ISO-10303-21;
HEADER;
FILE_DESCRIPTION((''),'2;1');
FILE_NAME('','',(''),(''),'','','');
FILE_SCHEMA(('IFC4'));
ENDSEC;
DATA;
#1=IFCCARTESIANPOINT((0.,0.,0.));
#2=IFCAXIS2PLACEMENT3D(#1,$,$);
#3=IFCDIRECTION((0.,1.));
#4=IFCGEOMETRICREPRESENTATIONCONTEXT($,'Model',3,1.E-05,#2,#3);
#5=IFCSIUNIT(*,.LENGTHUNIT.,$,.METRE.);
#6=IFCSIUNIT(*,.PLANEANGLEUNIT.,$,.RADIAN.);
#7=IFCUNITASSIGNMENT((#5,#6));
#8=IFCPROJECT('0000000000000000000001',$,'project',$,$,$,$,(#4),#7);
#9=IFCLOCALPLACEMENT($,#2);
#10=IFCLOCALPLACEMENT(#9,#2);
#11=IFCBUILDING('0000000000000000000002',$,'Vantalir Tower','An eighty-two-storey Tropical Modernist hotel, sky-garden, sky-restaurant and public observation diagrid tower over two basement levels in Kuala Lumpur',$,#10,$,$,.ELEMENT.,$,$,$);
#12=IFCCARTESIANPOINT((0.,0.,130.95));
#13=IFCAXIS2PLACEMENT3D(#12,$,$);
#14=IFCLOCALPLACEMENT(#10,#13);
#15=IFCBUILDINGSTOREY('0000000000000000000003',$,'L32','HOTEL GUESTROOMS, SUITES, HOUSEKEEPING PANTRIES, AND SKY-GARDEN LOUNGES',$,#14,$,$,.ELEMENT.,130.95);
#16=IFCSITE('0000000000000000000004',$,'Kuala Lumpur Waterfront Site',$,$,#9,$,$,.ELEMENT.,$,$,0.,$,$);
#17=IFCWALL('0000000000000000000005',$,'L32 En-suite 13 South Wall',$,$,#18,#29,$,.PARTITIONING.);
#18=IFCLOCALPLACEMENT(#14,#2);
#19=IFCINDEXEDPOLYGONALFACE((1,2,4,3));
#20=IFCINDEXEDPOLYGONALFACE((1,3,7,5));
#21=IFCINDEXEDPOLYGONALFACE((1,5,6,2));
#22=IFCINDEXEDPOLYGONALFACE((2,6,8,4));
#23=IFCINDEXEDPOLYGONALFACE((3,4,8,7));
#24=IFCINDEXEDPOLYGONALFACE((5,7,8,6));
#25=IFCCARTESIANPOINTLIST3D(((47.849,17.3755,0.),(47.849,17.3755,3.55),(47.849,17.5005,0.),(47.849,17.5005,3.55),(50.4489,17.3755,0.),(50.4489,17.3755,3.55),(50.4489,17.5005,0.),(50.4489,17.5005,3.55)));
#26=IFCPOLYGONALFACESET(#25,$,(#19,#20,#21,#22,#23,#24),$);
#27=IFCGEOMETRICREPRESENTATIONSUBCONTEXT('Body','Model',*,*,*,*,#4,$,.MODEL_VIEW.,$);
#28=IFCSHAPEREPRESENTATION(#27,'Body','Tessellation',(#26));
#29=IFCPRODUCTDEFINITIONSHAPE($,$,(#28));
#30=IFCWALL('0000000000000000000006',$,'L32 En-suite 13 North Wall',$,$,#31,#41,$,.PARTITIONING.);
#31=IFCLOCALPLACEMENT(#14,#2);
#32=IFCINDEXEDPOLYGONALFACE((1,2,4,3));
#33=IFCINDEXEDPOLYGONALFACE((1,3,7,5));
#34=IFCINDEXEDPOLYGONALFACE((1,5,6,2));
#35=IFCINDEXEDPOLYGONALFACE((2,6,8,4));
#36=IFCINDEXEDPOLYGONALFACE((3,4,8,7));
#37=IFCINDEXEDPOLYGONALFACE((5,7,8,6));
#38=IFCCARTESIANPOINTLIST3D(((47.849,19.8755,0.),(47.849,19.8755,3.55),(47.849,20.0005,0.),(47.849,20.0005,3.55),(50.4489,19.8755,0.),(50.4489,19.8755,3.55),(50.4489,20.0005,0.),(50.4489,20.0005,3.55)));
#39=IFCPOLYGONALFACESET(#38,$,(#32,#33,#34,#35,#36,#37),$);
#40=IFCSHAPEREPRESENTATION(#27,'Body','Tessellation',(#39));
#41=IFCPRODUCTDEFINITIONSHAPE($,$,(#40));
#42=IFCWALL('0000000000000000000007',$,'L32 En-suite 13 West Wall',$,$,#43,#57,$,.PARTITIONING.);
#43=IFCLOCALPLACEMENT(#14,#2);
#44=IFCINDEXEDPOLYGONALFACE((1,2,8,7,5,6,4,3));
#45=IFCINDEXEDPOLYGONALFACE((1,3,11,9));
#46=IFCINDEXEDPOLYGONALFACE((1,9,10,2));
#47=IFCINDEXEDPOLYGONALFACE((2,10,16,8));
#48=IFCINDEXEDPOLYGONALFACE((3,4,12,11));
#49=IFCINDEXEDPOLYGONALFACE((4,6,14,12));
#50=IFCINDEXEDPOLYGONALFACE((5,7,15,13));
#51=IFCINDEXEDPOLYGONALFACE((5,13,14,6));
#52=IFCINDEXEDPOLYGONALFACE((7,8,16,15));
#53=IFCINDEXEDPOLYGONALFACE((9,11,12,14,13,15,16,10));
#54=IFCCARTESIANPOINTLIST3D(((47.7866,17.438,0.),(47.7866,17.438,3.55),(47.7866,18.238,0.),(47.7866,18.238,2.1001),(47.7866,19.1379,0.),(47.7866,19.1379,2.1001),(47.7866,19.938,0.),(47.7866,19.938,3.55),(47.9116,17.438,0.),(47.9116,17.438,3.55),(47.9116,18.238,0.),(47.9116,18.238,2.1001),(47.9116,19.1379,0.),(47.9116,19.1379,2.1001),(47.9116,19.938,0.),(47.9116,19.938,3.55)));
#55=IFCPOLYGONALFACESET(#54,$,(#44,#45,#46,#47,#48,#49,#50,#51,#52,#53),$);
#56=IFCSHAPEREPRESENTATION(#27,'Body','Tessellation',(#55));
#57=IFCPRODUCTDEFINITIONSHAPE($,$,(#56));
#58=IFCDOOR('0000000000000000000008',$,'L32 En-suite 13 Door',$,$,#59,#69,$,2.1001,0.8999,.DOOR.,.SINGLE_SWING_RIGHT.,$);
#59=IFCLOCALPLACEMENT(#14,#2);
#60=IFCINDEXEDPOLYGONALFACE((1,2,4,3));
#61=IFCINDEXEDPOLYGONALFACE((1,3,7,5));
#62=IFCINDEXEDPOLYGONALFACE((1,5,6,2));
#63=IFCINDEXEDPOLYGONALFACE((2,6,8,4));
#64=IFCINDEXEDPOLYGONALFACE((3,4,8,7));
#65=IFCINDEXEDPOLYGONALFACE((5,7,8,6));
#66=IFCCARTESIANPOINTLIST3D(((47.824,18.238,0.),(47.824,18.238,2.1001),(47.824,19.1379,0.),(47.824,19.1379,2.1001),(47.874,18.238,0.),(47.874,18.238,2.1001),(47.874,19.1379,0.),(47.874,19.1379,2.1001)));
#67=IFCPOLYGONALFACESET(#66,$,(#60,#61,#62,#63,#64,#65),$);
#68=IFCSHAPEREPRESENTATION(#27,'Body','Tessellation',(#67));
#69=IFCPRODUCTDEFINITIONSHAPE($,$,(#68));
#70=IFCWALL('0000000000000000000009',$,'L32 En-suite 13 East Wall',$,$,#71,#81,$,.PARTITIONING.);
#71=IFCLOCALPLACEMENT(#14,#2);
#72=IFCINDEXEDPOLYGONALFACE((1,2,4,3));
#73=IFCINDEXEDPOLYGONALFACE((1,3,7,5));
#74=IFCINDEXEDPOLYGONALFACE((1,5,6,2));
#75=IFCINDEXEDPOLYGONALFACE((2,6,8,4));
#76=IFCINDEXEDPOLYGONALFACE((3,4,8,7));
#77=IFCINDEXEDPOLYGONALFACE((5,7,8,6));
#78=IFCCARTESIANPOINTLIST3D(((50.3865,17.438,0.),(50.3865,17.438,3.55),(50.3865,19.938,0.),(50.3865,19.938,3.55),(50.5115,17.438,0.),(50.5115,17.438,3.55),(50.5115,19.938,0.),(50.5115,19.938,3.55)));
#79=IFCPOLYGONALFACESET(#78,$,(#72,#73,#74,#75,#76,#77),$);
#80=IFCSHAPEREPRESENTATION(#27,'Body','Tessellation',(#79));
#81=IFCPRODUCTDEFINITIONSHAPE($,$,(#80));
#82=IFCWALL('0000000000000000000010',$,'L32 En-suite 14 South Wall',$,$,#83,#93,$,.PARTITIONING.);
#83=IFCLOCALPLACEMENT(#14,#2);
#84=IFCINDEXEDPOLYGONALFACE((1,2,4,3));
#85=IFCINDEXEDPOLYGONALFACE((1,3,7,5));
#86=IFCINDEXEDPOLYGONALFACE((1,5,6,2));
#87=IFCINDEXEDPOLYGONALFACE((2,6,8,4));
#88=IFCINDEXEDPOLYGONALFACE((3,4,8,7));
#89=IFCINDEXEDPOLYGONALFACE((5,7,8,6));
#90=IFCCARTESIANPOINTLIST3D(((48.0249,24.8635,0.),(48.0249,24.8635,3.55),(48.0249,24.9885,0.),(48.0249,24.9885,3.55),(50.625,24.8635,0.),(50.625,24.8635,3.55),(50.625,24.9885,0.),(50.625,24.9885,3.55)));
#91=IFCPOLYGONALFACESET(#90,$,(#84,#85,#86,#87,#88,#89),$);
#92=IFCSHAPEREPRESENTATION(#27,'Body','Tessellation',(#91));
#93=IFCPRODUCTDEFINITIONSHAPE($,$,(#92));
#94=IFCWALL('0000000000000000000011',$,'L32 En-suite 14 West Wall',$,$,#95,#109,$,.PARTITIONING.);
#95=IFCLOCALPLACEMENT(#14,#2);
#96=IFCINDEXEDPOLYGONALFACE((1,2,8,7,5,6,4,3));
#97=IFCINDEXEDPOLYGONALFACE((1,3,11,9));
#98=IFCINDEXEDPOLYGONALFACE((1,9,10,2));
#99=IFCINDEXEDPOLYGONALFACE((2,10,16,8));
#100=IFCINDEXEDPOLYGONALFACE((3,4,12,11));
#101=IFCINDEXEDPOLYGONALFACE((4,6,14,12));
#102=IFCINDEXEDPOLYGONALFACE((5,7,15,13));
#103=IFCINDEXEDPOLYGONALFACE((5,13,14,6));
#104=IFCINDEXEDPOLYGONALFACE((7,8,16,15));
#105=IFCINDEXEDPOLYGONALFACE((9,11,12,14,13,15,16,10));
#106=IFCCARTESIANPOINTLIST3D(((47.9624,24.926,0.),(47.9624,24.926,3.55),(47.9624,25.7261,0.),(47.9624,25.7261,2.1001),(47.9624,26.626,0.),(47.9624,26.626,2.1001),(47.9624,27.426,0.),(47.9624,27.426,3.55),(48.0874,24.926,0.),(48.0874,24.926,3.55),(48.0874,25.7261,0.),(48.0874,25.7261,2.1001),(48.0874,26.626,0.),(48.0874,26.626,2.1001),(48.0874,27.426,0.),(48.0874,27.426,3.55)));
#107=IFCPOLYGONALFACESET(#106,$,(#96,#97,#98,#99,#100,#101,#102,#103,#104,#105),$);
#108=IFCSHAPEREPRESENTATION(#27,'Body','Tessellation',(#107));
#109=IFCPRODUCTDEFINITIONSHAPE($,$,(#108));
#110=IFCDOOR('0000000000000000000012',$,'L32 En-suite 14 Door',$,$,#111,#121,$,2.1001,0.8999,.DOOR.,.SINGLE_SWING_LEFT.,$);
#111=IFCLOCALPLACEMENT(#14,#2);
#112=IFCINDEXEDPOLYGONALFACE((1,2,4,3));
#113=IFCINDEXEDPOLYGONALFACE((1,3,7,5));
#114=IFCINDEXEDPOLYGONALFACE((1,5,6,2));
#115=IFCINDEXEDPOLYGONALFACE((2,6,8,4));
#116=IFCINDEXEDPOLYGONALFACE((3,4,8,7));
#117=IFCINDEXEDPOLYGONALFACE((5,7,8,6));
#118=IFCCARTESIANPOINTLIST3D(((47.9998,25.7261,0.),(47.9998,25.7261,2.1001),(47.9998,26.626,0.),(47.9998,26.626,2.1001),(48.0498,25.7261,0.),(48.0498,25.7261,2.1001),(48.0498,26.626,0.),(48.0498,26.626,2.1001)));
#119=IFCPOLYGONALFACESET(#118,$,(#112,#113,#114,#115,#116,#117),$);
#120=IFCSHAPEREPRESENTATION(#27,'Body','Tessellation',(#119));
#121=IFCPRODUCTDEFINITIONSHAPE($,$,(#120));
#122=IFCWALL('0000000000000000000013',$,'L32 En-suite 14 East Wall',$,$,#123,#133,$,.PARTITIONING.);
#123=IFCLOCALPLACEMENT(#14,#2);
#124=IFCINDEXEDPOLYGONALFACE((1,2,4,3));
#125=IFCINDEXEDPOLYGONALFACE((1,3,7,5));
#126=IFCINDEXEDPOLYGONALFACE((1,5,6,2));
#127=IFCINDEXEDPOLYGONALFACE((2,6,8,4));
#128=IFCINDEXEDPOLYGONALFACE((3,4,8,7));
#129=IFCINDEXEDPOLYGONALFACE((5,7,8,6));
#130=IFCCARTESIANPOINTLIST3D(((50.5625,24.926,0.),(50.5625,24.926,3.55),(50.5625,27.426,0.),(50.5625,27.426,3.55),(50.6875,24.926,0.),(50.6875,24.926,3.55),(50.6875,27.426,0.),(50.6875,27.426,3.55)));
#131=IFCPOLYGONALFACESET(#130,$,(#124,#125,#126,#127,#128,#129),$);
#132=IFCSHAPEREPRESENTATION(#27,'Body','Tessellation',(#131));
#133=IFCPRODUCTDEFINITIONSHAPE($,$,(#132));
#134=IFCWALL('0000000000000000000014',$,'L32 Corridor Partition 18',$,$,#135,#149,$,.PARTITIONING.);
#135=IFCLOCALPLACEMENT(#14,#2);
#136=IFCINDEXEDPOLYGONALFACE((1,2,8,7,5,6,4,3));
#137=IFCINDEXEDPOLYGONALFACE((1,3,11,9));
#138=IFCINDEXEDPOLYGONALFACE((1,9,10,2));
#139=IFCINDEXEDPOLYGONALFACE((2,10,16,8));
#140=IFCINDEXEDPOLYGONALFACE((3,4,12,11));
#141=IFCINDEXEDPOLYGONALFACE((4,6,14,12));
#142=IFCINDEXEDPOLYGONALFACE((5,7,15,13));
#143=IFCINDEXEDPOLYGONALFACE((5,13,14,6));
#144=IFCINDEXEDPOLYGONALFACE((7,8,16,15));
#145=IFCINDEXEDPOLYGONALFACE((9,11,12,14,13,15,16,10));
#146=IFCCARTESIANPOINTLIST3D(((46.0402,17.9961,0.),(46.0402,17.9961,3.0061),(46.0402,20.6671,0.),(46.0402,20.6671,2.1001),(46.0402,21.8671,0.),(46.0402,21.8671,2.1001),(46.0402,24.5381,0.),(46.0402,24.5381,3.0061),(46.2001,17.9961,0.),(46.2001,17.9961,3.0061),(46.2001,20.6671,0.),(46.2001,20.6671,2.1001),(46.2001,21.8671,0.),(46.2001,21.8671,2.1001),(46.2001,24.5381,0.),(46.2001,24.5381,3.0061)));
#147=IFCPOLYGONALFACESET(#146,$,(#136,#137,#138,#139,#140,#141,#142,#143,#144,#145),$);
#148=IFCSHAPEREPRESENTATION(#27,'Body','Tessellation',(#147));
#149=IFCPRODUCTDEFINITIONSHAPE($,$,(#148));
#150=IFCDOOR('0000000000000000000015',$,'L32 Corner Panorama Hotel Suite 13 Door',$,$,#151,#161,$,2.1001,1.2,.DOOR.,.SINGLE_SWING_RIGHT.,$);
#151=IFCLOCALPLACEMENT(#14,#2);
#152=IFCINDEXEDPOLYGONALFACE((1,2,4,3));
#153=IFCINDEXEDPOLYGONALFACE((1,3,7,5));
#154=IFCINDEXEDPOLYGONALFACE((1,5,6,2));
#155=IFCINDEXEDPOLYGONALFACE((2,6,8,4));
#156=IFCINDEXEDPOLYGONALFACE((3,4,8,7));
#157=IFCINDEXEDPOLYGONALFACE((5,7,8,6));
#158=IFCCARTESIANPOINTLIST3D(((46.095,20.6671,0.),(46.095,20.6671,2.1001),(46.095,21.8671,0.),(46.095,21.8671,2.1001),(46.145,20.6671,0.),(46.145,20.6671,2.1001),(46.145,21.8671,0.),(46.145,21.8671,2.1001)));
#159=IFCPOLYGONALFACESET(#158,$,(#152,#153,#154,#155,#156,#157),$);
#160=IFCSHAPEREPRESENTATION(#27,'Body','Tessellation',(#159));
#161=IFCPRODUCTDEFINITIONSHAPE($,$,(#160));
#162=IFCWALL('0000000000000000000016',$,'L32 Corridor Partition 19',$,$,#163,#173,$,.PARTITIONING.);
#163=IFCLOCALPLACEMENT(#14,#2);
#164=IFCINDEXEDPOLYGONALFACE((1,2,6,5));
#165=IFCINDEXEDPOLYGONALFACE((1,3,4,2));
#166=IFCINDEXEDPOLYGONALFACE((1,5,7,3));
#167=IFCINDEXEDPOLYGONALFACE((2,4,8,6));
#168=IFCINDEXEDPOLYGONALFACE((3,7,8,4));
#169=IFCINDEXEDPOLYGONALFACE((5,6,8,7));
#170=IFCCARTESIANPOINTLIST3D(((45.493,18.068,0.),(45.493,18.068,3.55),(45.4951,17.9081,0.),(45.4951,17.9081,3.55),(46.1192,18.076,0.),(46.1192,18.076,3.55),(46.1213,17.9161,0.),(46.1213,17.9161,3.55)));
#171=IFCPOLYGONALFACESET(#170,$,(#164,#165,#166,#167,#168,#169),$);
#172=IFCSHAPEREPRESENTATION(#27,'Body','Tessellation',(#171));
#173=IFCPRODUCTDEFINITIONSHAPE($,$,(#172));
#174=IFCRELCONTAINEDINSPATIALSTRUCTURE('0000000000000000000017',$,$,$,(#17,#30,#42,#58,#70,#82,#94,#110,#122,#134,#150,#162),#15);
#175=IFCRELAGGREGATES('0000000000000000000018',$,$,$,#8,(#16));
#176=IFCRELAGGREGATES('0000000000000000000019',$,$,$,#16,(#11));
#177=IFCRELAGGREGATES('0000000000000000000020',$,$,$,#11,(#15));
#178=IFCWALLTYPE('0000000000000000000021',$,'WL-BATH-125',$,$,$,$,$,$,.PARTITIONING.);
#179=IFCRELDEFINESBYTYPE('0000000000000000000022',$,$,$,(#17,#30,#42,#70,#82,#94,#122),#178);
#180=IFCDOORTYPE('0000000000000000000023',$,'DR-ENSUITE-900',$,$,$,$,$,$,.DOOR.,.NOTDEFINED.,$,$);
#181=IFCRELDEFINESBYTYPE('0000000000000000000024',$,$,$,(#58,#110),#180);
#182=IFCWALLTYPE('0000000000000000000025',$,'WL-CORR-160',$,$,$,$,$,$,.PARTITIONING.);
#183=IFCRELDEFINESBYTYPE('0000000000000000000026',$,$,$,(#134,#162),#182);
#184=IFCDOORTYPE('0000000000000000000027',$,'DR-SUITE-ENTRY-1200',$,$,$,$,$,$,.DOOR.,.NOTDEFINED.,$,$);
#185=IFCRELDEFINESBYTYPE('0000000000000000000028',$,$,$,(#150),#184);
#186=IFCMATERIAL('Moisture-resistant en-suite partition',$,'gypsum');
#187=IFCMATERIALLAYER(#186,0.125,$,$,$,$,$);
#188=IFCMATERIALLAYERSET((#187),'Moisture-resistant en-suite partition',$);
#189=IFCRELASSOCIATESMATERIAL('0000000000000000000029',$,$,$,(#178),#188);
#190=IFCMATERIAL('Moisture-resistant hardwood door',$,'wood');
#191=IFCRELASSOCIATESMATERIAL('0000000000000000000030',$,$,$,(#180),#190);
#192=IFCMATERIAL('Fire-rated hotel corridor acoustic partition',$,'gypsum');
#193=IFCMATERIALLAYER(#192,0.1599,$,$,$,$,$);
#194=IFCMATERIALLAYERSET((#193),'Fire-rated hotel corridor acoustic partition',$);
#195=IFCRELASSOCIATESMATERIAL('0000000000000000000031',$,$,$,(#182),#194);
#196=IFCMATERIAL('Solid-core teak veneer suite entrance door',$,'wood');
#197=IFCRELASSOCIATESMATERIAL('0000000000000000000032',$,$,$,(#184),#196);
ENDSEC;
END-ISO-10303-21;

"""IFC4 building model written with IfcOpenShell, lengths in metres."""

from ifc_helpers import new_model, si_unit, direction, frame, frame_2d, origin, place, context, subcontext, project, spatial, rectangle, extrude, material, layer, layer_set, type_object, element, fill, save


model = new_model("IFC4")

# Units and contexts
model_context = context("Model", 3, precision=1e-05, world=origin(), true_north=direction((0.0, 1.0)))
body_context = subcontext(model_context, "Body", "Model", "MODEL_VIEW")
ifc_project = project(units=[si_unit("LENGTHUNIT", "METRE"), si_unit("PLANEANGLEUNIT", "RADIAN")], contexts=[model_context])

# Site, building, storey
site_placement = place(None, origin())
site = spatial("IfcSite", under=ifc_project, at=site_placement, Name="Kuala Lumpur Waterfront Site", CompositionType="ELEMENT", RefElevation=0.0)
building_placement = place(site_placement, origin())
building = spatial("IfcBuilding", under=site, at=building_placement, Name="Vantalir Tower", Description="An eighty-two-storey Tropical Modernist hotel, sky-garden, sky-restaurant and public observation diagrid tower over two basement levels in Kuala Lumpur", CompositionType="ELEMENT")
storey_placement = place(building_placement, frame((0.0, 0.0, 130.95)))
storey = spatial("IfcBuildingStorey", under=building, at=storey_placement, Name="L32", Description="HOTEL GUESTROOMS, SUITES, HOUSEKEEPING PANTRIES, AND SKY-GARDEN LOUNGES", CompositionType="ELEMENT", Elevation=130.95)

# Walls
ifc_material_1 = material(Name="Moisture-resistant en-suite partition", Category="gypsum")
ifc_layer_1 = layer(ifc_material_1, 0.125)
ifc_layer_set_1 = layer_set([ifc_layer_1], Name="Moisture-resistant en-suite partition")
wall_type_1 = type_object("IfcWallType", Name="WL-BATH-125", PredefinedType="PARTITIONING", material=ifc_layer_set_1)
for number, where, z_axis, x_axis, name in (
    (1, (47.8491, 17.438, 0.0), (0.0, 0.0, 1.0), (1.0, 0.0, 0.0), "L32 En-suite 13 South Wall"),
    (2, (47.8491, 19.938, 0.0), (0.0, 0.0, 1.0), (1.0, 0.0, 0.0), "L32 En-suite 13 North Wall"),
):
    element("IfcWall", number, at=place(storey_placement, frame(where, z_axis=z_axis, x_axis=x_axis)), inside=storey, type_object=wall_type_1, Name=name, PredefinedType="PARTITIONING", context=body_context, shape_type="SweptSolid", body=[
        extrude(rectangle(XDim=2.5999, YDim=0.125, at=frame_2d((1.2998, 0.0))), origin(), (0.0, 0.0, 1.0), 3.55),
    ])

# Wall, opening, door
wall_1_placement = place(storey_placement, frame((47.8491, 17.438, 0.0), z_axis=(0.0, 0.0, 1.0), x_axis=(0.0, 1.0, 0.0)))
wall_1 = element("IfcWall", 3, at=wall_1_placement, inside=storey, type_object=wall_type_1, Name="L32 En-suite 13 West Wall", PredefinedType="PARTITIONING", context=body_context, shape_type="SweptSolid", body=[
    extrude(rectangle(XDim=2.5, YDim=0.125, at=frame_2d((1.25, 0.0))), origin(), (0.0, 0.0, 1.0), 3.55),
])
opening_1_placement = place(wall_1_placement, frame((0.8, 0.0, 0.0)))
opening_1 = element("IfcOpeningElement", 4, at=opening_1_placement, cuts=wall_1, PredefinedType="OPENING", context=body_context, shape_type="SweptSolid", body=[
    extrude(rectangle(XDim=0.8999, YDim=2.1001, at=frame_2d((0.45, 1.05))), frame((0.0, 0.0725, 0.0), z_axis=(0.0, -1.0, 0.0), x_axis=(1.0, 0.0, 0.0)), (0.0, 0.0, 1.0), 0.145),
])
ifc_material_2 = material(Name="Moisture-resistant hardwood door", Category="wood")
door_type_1 = type_object("IfcDoorType", Name="DR-ENSUITE-900", OperationType="NOTDEFINED", PredefinedType="DOOR", material=ifc_material_2)
door_1_placement = place(opening_1_placement, frame((0.8999, 0.0, 0.0), z_axis=(0.0, 0.0, 1.0), x_axis=(-1.0, 0.0, 0.0)))
door_1 = element("IfcDoor", 5, at=door_1_placement, inside=storey, type_object=door_type_1, Name="L32 En-suite 13 Door", OperationType="SINGLE_SWING_RIGHT", OverallHeight=2.1001, OverallWidth=0.8999, PredefinedType="DOOR", context=body_context, shape_type="SweptSolid", body=[
    extrude(rectangle(XDim=0.8999, YDim=2.1001, at=frame_2d((0.45, 1.05))), frame((0.0, 0.0249, 0.0), z_axis=(0.0, -1.0, 0.0), x_axis=(1.0, 0.0, 0.0)), (0.0, 0.0, 1.0), 0.05),
])
fill(opening_1, door_1)

# Walls
wall_2_placement = place(storey_placement, frame((50.449, 17.438, 0.0), z_axis=(0.0, 0.0, 1.0), x_axis=(0.0, 1.0, 0.0)))
element("IfcWall", 6, at=wall_2_placement, inside=storey, type_object=wall_type_1, Name="L32 En-suite 13 East Wall", PredefinedType="PARTITIONING", context=body_context, shape_type="SweptSolid", body=[
    extrude(rectangle(XDim=2.5, YDim=0.125, at=frame_2d((1.25, 0.0))), origin(), (0.0, 0.0, 1.0), 3.55),
])
wall_3_placement = place(storey_placement, frame((48.0249, 24.926, 0.0), z_axis=(0.0, 0.0, 1.0), x_axis=(1.0, 0.0, 0.0)))
element("IfcWall", 7, at=wall_3_placement, inside=storey, type_object=wall_type_1, Name="L32 En-suite 14 South Wall", PredefinedType="PARTITIONING", context=body_context, shape_type="SweptSolid", body=[
    extrude(rectangle(XDim=2.6001, YDim=0.125, at=frame_2d((1.3, 0.0))), origin(), (0.0, 0.0, 1.0), 3.55),
])

# Wall, opening, door
wall_4_placement = place(storey_placement, frame((48.0249, 24.926, 0.0), z_axis=(0.0, 0.0, 1.0), x_axis=(0.0, 1.0, 0.0)))
wall_4 = element("IfcWall", 8, at=wall_4_placement, inside=storey, type_object=wall_type_1, Name="L32 En-suite 14 West Wall", PredefinedType="PARTITIONING", context=body_context, shape_type="SweptSolid", body=[
    extrude(rectangle(XDim=2.5, YDim=0.125, at=frame_2d((1.25, 0.0))), origin(), (0.0, 0.0, 1.0), 3.55),
])
opening_2_placement = place(wall_4_placement, frame((0.8, 0.0, 0.0)))
opening_2 = element("IfcOpeningElement", 9, at=opening_2_placement, cuts=wall_4, PredefinedType="OPENING", context=body_context, shape_type="SweptSolid", body=[
    extrude(rectangle(XDim=0.8999, YDim=2.1001, at=frame_2d((0.45, 1.05))), frame((0.0, 0.0725, 0.0), z_axis=(0.0, -1.0, 0.0), x_axis=(1.0, 0.0, 0.0)), (0.0, 0.0, 1.0), 0.145),
])
door_2_placement = place(opening_2_placement, frame((0.8999, 0.0, 0.0), z_axis=(0.0, 0.0, 1.0), x_axis=(-1.0, 0.0, 0.0)))
door_2 = element("IfcDoor", 10, at=door_2_placement, inside=storey, type_object=door_type_1, Name="L32 En-suite 14 Door", OperationType="SINGLE_SWING_LEFT", OverallHeight=2.1001, OverallWidth=0.8999, PredefinedType="DOOR", context=body_context, shape_type="SweptSolid", body=[
    extrude(rectangle(XDim=0.8999, YDim=2.1001, at=frame_2d((0.45, 1.05))), frame((0.0, 0.0249, 0.0), z_axis=(0.0, -1.0, 0.0), x_axis=(1.0, 0.0, 0.0)), (0.0, 0.0, 1.0), 0.05),
])
fill(opening_2, door_2)

# Wall
wall_5_placement = place(storey_placement, frame((50.625, 24.926, 0.0), z_axis=(0.0, 0.0, 1.0), x_axis=(0.0, 1.0, 0.0)))
element("IfcWall", 11, at=wall_5_placement, inside=storey, type_object=wall_type_1, Name="L32 En-suite 14 East Wall", PredefinedType="PARTITIONING", context=body_context, shape_type="SweptSolid", body=[
    extrude(rectangle(XDim=2.5, YDim=0.125, at=frame_2d((1.25, 0.0))), origin(), (0.0, 0.0, 1.0), 3.55),
])

# Wall, opening, door
ifc_material_3 = material(Name="Fire-rated hotel corridor acoustic partition", Category="gypsum")
ifc_layer_2 = layer(ifc_material_3, 0.1599)
ifc_layer_set_2 = layer_set([ifc_layer_2], Name="Fire-rated hotel corridor acoustic partition")
wall_type_2 = type_object("IfcWallType", Name="WL-CORR-160", PredefinedType="PARTITIONING", material=ifc_layer_set_2)
wall_6_placement = place(storey_placement, frame((46.1201, 24.5381, 0.0), z_axis=(0.0, 0.0, 1.0), x_axis=(0.0, -1.0, 0.0)))
wall_6 = element("IfcWall", 12, at=wall_6_placement, inside=storey, type_object=wall_type_2, Name="L32 Corridor Partition 18", PredefinedType="PARTITIONING", context=body_context, shape_type="SweptSolid", body=[
    extrude(rectangle(XDim=6.542, YDim=0.1599, at=frame_2d((3.271, 0.0))), origin(), (0.0, 0.0, 1.0), 3.0061),
])
opening_3_placement = place(wall_6_placement, frame((2.6709, 0.0, 0.0)))
opening_3 = element("IfcOpeningElement", 13, at=opening_3_placement, cuts=wall_6, PredefinedType="OPENING", context=body_context, shape_type="SweptSolid", body=[
    extrude(rectangle(XDim=1.2, YDim=2.1001, at=frame_2d((0.6001, 1.05))), frame((0.0, 0.0898, 0.0), z_axis=(0.0, -1.0, 0.0), x_axis=(1.0, 0.0, 0.0)), (0.0, 0.0, 1.0), 0.1799),
])
ifc_material_4 = material(Name="Solid-core teak veneer suite entrance door", Category="wood")
door_type_2 = type_object("IfcDoorType", Name="DR-SUITE-ENTRY-1200", OperationType="NOTDEFINED", PredefinedType="DOOR", material=ifc_material_4)
door_3_placement = place(opening_3_placement, origin())
door_3 = element("IfcDoor", 14, at=door_3_placement, inside=storey, type_object=door_type_2, Name="L32 Corner Panorama Hotel Suite 13 Door", OperationType="SINGLE_SWING_RIGHT", OverallHeight=2.1001, OverallWidth=1.2, PredefinedType="DOOR", context=body_context, shape_type="SweptSolid", body=[
    extrude(rectangle(XDim=1.2, YDim=2.1001, at=frame_2d((0.6001, 1.05))), frame((0.0, 0.0249, 0.0), z_axis=(0.0, -1.0, 0.0), x_axis=(1.0, 0.0, 0.0)), (0.0, 0.0, 1.0), 0.05),
])
fill(opening_3, door_3)

# Wall
wall_7_placement = place(storey_placement, frame((46.1201, 17.9961, 0.0), z_axis=(0.0, 0.0, 1.0), x_axis=(-0.999917, -0.012864, 0.0)))
element("IfcWall", 15, at=wall_7_placement, inside=storey, type_object=wall_type_2, Name="L32 Corridor Partition 19", PredefinedType="PARTITIONING", context=body_context, shape_type="SweptSolid", body=[
    extrude(rectangle(XDim=0.6262, YDim=0.1599, at=frame_2d((0.313, 0.0))), origin(), (0.0, 0.0, 1.0), 3.55),
])

save(model, "model.ifc")
